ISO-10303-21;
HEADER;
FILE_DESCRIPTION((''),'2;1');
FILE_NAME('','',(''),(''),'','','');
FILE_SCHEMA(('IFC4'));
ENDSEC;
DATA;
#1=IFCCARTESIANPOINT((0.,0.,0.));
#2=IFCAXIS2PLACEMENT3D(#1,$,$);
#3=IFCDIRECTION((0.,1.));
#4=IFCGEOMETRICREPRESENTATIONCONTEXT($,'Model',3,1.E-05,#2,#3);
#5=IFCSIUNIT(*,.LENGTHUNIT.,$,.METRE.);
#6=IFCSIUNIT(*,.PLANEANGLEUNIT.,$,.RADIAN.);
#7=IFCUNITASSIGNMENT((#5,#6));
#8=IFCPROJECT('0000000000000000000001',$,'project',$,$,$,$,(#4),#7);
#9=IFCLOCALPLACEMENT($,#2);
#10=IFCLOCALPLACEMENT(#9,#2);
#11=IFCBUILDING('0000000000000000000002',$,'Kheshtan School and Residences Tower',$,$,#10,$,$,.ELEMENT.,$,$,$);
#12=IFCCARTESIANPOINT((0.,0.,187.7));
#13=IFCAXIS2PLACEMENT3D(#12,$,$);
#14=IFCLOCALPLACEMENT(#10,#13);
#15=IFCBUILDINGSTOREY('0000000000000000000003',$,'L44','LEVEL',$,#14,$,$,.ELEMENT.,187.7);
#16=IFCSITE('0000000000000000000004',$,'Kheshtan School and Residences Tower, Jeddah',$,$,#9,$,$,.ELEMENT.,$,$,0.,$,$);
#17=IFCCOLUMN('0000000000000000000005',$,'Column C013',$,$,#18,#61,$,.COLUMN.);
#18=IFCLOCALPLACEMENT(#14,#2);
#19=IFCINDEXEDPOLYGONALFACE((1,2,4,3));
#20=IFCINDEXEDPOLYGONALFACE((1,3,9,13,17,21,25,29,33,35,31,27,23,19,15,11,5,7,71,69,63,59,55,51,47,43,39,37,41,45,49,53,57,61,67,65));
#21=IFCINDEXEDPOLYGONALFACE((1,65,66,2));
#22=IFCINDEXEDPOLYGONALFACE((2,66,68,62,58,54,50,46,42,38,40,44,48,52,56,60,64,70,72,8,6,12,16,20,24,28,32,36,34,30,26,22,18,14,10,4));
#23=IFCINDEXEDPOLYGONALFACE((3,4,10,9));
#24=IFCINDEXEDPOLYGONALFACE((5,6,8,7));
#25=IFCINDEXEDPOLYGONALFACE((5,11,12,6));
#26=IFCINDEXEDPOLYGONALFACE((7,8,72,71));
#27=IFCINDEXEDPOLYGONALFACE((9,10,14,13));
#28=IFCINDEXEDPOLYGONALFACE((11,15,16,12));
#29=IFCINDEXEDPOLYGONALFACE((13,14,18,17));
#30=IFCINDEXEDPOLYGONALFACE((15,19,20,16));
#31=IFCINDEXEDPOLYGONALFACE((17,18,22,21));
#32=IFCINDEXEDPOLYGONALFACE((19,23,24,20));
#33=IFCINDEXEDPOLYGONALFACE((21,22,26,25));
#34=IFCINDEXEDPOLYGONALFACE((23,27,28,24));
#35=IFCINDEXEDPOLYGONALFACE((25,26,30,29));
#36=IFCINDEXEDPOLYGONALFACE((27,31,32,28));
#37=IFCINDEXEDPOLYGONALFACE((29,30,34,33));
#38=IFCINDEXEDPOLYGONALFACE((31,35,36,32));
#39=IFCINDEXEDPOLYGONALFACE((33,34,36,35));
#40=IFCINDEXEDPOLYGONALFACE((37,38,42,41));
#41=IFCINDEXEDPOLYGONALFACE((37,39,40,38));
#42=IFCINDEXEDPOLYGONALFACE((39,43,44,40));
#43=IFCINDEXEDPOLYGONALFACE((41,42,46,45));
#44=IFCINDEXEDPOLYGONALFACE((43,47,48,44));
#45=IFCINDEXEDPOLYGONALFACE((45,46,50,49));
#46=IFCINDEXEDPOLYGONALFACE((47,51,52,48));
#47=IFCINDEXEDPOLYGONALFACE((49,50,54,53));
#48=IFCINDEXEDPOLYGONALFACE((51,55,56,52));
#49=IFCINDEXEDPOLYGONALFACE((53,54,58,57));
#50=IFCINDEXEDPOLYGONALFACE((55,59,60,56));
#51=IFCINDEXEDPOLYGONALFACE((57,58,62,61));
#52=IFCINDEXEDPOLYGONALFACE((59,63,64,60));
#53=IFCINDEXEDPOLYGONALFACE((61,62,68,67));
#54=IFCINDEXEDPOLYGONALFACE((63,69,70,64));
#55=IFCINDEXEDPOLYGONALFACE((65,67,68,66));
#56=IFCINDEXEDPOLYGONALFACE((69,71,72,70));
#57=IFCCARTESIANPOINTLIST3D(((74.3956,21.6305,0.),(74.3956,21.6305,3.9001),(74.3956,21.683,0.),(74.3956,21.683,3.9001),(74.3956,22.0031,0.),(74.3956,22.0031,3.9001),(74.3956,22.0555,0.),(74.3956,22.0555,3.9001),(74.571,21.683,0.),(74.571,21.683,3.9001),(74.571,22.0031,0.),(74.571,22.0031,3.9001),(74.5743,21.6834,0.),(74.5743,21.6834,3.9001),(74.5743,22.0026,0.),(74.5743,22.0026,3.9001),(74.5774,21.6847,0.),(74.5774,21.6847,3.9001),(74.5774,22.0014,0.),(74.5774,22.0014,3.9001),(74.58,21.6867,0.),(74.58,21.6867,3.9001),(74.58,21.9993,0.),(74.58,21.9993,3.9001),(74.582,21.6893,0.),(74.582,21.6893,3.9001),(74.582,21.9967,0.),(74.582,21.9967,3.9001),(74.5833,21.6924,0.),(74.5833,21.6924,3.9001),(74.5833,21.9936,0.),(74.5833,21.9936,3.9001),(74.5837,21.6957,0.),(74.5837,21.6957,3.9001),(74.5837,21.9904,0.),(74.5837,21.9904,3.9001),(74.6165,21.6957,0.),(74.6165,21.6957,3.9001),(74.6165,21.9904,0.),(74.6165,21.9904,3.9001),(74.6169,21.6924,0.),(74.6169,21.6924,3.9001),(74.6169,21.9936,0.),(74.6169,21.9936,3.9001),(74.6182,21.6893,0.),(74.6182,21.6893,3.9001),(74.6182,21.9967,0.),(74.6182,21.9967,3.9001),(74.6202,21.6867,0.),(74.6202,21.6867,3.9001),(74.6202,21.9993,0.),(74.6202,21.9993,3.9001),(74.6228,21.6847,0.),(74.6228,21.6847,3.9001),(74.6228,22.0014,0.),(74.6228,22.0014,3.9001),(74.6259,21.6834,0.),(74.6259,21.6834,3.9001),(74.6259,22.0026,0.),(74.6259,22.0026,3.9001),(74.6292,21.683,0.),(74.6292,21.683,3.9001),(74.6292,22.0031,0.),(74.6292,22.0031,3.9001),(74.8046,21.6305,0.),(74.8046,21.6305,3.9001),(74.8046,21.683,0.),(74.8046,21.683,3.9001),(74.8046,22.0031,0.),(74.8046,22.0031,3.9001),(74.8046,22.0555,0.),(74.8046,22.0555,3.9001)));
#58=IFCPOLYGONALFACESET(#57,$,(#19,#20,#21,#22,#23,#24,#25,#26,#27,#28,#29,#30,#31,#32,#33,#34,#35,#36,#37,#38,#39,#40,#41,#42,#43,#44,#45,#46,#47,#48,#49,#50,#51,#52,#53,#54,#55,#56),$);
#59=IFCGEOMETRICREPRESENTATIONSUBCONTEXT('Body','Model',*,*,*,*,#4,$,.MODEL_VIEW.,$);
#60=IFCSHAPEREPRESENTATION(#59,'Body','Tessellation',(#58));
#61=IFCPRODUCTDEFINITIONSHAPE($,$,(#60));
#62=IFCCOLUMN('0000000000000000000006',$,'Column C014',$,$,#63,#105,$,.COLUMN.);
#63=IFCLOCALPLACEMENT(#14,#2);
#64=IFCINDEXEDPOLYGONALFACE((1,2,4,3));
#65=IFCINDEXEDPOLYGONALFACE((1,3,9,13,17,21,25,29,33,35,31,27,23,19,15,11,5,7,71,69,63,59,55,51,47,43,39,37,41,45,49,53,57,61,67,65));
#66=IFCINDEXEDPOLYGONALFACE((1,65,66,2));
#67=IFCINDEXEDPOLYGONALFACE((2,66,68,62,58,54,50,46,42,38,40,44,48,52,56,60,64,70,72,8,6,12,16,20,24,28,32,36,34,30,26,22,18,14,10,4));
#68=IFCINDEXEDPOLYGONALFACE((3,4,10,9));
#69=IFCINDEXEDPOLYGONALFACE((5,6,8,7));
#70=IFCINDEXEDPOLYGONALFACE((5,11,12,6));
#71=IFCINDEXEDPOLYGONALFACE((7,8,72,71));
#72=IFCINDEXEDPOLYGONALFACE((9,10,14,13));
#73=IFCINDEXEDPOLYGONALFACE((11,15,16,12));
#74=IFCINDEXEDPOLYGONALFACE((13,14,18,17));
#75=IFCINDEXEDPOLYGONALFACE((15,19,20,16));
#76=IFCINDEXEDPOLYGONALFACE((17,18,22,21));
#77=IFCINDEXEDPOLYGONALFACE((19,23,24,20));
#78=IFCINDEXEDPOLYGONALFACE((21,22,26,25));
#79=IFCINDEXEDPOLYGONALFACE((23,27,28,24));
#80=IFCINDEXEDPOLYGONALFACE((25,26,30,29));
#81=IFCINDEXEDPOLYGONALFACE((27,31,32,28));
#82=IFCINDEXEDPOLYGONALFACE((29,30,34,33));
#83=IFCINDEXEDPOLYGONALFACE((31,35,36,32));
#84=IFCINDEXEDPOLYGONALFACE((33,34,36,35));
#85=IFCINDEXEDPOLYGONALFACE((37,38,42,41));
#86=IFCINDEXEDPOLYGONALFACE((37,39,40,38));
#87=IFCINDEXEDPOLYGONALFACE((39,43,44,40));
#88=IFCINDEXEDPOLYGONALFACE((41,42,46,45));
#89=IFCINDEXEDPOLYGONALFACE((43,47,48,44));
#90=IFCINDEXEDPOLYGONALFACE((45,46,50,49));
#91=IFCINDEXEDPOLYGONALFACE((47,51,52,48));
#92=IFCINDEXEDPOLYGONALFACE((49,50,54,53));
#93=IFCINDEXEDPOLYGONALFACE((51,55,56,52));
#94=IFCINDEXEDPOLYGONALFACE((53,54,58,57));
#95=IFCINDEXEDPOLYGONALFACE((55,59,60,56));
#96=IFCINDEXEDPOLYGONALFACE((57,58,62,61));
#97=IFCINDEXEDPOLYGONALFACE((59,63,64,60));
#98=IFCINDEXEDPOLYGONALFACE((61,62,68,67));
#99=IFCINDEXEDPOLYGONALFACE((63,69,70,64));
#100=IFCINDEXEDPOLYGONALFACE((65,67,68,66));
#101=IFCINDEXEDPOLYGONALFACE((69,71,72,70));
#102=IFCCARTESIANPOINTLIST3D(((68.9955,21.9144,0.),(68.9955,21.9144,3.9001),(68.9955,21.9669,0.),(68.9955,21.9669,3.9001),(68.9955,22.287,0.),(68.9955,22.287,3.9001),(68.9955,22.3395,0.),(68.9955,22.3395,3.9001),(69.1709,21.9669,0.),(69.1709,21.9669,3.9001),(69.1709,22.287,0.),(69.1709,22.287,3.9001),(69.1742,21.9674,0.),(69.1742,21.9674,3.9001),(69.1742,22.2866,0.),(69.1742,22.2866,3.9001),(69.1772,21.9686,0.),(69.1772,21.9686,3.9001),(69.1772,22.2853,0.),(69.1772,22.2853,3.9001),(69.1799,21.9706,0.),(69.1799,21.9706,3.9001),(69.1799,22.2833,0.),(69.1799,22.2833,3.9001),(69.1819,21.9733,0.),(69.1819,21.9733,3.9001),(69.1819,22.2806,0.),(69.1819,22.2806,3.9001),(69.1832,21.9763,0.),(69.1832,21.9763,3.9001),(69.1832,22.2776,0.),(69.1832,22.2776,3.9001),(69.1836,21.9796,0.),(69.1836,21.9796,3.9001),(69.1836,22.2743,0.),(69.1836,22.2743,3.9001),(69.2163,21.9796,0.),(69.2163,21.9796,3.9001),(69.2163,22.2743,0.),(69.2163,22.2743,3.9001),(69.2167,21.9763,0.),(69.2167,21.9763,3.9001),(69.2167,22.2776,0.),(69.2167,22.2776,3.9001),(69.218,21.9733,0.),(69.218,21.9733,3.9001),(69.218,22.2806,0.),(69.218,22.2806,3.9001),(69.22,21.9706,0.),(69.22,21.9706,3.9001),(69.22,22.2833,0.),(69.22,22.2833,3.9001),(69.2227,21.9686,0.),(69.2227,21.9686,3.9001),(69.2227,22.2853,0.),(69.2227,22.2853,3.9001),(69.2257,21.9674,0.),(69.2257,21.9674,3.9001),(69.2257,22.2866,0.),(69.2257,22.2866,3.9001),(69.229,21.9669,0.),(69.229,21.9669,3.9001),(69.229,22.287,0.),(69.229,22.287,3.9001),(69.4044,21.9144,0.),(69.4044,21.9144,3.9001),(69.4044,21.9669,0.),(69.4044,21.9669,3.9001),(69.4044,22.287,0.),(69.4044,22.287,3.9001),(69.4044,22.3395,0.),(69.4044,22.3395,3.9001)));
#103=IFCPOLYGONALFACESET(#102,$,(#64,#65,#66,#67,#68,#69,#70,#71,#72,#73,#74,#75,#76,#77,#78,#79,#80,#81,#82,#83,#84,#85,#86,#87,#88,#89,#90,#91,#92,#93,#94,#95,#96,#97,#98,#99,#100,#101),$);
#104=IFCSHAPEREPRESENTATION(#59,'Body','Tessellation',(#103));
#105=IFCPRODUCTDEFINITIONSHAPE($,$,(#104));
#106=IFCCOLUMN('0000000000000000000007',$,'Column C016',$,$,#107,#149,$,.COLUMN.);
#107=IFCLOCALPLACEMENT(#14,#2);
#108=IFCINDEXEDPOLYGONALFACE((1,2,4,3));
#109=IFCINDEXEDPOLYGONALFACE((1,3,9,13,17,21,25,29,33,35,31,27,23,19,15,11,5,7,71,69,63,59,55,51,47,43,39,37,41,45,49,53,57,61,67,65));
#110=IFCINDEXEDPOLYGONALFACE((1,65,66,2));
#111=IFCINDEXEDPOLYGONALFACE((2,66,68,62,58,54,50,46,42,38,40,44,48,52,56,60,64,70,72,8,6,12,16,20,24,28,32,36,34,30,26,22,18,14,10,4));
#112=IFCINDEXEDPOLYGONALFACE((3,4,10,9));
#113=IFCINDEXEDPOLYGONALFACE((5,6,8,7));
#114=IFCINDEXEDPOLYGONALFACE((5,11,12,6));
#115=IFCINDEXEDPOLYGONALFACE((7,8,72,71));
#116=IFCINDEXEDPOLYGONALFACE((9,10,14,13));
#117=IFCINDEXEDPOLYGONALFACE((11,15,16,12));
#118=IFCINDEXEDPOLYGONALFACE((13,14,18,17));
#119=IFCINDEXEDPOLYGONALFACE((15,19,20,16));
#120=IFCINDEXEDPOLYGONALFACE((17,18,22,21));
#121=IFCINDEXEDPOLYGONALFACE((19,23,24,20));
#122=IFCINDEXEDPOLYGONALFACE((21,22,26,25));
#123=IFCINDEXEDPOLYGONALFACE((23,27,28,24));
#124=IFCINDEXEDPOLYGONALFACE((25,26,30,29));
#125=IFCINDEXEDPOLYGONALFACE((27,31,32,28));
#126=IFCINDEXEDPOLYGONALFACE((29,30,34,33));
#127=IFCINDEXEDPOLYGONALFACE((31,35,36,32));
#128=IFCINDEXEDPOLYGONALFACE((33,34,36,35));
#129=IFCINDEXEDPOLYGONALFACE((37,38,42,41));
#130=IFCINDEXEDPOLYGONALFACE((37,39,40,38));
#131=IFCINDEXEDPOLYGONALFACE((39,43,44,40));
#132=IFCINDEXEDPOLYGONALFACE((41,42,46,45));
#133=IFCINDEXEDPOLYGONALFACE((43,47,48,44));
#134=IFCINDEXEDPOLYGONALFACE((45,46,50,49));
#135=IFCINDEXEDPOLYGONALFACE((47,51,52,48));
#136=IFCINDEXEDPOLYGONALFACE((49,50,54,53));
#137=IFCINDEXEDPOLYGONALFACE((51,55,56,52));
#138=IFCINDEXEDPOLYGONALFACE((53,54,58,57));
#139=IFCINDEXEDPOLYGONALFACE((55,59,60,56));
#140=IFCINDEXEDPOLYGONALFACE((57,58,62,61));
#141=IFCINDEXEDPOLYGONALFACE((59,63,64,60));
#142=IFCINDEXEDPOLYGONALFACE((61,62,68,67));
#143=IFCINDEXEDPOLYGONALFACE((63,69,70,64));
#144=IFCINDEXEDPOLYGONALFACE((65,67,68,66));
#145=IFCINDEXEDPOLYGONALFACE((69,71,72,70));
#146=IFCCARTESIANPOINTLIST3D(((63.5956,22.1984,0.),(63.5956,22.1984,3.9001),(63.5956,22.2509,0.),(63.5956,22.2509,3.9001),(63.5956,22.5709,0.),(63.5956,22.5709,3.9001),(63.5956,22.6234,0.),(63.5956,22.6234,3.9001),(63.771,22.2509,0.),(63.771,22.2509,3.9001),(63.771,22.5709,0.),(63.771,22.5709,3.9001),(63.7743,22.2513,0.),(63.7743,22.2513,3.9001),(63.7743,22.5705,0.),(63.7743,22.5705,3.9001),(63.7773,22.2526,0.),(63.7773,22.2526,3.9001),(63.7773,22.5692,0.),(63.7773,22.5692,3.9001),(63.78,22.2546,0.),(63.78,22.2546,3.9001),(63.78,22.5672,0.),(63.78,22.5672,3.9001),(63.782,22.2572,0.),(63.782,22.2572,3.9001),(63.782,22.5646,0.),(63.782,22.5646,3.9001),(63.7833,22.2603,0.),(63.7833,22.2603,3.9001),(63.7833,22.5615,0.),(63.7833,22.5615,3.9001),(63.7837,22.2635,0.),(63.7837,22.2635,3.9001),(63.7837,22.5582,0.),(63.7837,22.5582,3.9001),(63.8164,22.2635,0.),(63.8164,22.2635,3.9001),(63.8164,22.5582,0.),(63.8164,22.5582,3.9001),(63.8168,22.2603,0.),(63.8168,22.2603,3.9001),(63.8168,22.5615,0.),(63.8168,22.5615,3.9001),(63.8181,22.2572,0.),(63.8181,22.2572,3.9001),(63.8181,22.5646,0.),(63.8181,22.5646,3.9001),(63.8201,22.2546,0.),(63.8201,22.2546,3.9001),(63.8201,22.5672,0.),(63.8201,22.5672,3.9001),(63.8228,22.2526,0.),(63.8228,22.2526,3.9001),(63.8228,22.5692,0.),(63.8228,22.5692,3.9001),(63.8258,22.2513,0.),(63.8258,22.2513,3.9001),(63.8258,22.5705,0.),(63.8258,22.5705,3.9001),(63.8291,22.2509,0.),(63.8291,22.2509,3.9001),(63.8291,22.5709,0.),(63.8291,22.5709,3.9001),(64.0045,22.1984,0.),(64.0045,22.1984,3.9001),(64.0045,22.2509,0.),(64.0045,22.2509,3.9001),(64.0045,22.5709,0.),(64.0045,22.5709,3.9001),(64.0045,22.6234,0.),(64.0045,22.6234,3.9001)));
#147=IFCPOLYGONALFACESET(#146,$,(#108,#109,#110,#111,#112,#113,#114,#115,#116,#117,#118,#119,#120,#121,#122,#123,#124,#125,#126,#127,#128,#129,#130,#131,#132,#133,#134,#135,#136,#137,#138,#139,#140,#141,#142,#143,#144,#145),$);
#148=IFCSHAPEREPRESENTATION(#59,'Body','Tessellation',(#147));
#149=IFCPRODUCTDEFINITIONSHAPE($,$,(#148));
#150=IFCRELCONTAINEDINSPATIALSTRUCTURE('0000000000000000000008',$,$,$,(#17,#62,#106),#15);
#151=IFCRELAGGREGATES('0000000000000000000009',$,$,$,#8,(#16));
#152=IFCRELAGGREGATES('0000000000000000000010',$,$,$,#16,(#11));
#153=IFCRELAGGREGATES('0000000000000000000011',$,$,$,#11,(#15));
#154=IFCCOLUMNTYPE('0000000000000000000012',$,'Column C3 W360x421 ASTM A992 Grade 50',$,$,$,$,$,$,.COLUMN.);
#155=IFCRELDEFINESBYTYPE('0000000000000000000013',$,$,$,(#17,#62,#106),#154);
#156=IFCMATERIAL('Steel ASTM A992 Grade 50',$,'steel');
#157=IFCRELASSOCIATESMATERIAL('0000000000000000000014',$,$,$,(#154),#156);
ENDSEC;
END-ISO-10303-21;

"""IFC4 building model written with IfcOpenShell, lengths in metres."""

from ifc_helpers import new_model, si_unit, direction, frame, origin, origin_2d, place, context, subcontext, project, spatial, i_section, extrude, material, material_profile, profile_set, type_object, element, save


model = new_model("IFC4")

# Units and contexts
model_context = context("Model", 3, precision=1e-05, world=origin(), true_north=direction((0.0, 1.0)))
body_context = subcontext(model_context, "Body", "Model", "MODEL_VIEW")
ifc_project = project(units=[si_unit("LENGTHUNIT", "METRE"), si_unit("PLANEANGLEUNIT", "RADIAN")], contexts=[model_context])

# Site, building, storey
site_placement = place(None, origin())
site = spatial("IfcSite", under=ifc_project, at=site_placement, Name="Kheshtan School and Residences Tower, Jeddah", CompositionType="ELEMENT", RefElevation=0.0)
building_placement = place(site_placement, origin())
building = spatial("IfcBuilding", under=site, at=building_placement, Name="Kheshtan School and Residences Tower", CompositionType="ELEMENT")
storey_placement = place(building_placement, frame((0.0, 0.0, 187.7)))
storey = spatial("IfcBuildingStorey", under=building, at=storey_placement, Name="L44", Description="LEVEL", CompositionType="ELEMENT", Elevation=187.7)

# Columns
ifc_material_1 = material(Name="Steel ASTM A992 Grade 50", Category="steel")
ifc_material_profile_1 = material_profile(ifc_material_1, i_section(OverallWidth=0.4089, OverallDepth=0.425, WebThickness=0.0327, FlangeThickness=0.0525, FilletRadius=0.0127, at=origin_2d()), Name="W360x421")
ifc_profile_set_1 = profile_set([ifc_material_profile_1], Name="Steel ASTM A992 Grade 50")
column_type_1 = type_object("IfcColumnType", Name="Column C3 W360x421 ASTM A992 Grade 50", PredefinedType="COLUMN", material=ifc_profile_set_1)
for number, where, z_axis, x_axis, name in (
    (1, (74.6001, 21.843, 0.0), (0.0, 0.0, 1.0), (1.0, 0.0, 0.0), "Column C013"),
    (2, (69.2, 22.127, 0.0), (0.0, 0.0, 1.0), (1.0, 0.0, 0.0), "Column C014"),
    (3, (63.8, 22.4109, 0.0), (0.0, 0.0, 1.0), (1.0, 0.0, 0.0), "Column C016"),
):
    element("IfcColumn", number, at=place(storey_placement, frame(where, z_axis=z_axis, x_axis=x_axis)), inside=storey, type_object=column_type_1, Name=name, PredefinedType="COLUMN", context=body_context, shape_type="SweptSolid", body=[
        extrude(i_section(OverallWidth=0.4089, OverallDepth=0.425, WebThickness=0.0327, FlangeThickness=0.0525, FilletRadius=0.0127, at=origin_2d()), origin(), (0.0, 0.0, 1.0), 3.9001),
    ])

save(model, "model.ifc")
